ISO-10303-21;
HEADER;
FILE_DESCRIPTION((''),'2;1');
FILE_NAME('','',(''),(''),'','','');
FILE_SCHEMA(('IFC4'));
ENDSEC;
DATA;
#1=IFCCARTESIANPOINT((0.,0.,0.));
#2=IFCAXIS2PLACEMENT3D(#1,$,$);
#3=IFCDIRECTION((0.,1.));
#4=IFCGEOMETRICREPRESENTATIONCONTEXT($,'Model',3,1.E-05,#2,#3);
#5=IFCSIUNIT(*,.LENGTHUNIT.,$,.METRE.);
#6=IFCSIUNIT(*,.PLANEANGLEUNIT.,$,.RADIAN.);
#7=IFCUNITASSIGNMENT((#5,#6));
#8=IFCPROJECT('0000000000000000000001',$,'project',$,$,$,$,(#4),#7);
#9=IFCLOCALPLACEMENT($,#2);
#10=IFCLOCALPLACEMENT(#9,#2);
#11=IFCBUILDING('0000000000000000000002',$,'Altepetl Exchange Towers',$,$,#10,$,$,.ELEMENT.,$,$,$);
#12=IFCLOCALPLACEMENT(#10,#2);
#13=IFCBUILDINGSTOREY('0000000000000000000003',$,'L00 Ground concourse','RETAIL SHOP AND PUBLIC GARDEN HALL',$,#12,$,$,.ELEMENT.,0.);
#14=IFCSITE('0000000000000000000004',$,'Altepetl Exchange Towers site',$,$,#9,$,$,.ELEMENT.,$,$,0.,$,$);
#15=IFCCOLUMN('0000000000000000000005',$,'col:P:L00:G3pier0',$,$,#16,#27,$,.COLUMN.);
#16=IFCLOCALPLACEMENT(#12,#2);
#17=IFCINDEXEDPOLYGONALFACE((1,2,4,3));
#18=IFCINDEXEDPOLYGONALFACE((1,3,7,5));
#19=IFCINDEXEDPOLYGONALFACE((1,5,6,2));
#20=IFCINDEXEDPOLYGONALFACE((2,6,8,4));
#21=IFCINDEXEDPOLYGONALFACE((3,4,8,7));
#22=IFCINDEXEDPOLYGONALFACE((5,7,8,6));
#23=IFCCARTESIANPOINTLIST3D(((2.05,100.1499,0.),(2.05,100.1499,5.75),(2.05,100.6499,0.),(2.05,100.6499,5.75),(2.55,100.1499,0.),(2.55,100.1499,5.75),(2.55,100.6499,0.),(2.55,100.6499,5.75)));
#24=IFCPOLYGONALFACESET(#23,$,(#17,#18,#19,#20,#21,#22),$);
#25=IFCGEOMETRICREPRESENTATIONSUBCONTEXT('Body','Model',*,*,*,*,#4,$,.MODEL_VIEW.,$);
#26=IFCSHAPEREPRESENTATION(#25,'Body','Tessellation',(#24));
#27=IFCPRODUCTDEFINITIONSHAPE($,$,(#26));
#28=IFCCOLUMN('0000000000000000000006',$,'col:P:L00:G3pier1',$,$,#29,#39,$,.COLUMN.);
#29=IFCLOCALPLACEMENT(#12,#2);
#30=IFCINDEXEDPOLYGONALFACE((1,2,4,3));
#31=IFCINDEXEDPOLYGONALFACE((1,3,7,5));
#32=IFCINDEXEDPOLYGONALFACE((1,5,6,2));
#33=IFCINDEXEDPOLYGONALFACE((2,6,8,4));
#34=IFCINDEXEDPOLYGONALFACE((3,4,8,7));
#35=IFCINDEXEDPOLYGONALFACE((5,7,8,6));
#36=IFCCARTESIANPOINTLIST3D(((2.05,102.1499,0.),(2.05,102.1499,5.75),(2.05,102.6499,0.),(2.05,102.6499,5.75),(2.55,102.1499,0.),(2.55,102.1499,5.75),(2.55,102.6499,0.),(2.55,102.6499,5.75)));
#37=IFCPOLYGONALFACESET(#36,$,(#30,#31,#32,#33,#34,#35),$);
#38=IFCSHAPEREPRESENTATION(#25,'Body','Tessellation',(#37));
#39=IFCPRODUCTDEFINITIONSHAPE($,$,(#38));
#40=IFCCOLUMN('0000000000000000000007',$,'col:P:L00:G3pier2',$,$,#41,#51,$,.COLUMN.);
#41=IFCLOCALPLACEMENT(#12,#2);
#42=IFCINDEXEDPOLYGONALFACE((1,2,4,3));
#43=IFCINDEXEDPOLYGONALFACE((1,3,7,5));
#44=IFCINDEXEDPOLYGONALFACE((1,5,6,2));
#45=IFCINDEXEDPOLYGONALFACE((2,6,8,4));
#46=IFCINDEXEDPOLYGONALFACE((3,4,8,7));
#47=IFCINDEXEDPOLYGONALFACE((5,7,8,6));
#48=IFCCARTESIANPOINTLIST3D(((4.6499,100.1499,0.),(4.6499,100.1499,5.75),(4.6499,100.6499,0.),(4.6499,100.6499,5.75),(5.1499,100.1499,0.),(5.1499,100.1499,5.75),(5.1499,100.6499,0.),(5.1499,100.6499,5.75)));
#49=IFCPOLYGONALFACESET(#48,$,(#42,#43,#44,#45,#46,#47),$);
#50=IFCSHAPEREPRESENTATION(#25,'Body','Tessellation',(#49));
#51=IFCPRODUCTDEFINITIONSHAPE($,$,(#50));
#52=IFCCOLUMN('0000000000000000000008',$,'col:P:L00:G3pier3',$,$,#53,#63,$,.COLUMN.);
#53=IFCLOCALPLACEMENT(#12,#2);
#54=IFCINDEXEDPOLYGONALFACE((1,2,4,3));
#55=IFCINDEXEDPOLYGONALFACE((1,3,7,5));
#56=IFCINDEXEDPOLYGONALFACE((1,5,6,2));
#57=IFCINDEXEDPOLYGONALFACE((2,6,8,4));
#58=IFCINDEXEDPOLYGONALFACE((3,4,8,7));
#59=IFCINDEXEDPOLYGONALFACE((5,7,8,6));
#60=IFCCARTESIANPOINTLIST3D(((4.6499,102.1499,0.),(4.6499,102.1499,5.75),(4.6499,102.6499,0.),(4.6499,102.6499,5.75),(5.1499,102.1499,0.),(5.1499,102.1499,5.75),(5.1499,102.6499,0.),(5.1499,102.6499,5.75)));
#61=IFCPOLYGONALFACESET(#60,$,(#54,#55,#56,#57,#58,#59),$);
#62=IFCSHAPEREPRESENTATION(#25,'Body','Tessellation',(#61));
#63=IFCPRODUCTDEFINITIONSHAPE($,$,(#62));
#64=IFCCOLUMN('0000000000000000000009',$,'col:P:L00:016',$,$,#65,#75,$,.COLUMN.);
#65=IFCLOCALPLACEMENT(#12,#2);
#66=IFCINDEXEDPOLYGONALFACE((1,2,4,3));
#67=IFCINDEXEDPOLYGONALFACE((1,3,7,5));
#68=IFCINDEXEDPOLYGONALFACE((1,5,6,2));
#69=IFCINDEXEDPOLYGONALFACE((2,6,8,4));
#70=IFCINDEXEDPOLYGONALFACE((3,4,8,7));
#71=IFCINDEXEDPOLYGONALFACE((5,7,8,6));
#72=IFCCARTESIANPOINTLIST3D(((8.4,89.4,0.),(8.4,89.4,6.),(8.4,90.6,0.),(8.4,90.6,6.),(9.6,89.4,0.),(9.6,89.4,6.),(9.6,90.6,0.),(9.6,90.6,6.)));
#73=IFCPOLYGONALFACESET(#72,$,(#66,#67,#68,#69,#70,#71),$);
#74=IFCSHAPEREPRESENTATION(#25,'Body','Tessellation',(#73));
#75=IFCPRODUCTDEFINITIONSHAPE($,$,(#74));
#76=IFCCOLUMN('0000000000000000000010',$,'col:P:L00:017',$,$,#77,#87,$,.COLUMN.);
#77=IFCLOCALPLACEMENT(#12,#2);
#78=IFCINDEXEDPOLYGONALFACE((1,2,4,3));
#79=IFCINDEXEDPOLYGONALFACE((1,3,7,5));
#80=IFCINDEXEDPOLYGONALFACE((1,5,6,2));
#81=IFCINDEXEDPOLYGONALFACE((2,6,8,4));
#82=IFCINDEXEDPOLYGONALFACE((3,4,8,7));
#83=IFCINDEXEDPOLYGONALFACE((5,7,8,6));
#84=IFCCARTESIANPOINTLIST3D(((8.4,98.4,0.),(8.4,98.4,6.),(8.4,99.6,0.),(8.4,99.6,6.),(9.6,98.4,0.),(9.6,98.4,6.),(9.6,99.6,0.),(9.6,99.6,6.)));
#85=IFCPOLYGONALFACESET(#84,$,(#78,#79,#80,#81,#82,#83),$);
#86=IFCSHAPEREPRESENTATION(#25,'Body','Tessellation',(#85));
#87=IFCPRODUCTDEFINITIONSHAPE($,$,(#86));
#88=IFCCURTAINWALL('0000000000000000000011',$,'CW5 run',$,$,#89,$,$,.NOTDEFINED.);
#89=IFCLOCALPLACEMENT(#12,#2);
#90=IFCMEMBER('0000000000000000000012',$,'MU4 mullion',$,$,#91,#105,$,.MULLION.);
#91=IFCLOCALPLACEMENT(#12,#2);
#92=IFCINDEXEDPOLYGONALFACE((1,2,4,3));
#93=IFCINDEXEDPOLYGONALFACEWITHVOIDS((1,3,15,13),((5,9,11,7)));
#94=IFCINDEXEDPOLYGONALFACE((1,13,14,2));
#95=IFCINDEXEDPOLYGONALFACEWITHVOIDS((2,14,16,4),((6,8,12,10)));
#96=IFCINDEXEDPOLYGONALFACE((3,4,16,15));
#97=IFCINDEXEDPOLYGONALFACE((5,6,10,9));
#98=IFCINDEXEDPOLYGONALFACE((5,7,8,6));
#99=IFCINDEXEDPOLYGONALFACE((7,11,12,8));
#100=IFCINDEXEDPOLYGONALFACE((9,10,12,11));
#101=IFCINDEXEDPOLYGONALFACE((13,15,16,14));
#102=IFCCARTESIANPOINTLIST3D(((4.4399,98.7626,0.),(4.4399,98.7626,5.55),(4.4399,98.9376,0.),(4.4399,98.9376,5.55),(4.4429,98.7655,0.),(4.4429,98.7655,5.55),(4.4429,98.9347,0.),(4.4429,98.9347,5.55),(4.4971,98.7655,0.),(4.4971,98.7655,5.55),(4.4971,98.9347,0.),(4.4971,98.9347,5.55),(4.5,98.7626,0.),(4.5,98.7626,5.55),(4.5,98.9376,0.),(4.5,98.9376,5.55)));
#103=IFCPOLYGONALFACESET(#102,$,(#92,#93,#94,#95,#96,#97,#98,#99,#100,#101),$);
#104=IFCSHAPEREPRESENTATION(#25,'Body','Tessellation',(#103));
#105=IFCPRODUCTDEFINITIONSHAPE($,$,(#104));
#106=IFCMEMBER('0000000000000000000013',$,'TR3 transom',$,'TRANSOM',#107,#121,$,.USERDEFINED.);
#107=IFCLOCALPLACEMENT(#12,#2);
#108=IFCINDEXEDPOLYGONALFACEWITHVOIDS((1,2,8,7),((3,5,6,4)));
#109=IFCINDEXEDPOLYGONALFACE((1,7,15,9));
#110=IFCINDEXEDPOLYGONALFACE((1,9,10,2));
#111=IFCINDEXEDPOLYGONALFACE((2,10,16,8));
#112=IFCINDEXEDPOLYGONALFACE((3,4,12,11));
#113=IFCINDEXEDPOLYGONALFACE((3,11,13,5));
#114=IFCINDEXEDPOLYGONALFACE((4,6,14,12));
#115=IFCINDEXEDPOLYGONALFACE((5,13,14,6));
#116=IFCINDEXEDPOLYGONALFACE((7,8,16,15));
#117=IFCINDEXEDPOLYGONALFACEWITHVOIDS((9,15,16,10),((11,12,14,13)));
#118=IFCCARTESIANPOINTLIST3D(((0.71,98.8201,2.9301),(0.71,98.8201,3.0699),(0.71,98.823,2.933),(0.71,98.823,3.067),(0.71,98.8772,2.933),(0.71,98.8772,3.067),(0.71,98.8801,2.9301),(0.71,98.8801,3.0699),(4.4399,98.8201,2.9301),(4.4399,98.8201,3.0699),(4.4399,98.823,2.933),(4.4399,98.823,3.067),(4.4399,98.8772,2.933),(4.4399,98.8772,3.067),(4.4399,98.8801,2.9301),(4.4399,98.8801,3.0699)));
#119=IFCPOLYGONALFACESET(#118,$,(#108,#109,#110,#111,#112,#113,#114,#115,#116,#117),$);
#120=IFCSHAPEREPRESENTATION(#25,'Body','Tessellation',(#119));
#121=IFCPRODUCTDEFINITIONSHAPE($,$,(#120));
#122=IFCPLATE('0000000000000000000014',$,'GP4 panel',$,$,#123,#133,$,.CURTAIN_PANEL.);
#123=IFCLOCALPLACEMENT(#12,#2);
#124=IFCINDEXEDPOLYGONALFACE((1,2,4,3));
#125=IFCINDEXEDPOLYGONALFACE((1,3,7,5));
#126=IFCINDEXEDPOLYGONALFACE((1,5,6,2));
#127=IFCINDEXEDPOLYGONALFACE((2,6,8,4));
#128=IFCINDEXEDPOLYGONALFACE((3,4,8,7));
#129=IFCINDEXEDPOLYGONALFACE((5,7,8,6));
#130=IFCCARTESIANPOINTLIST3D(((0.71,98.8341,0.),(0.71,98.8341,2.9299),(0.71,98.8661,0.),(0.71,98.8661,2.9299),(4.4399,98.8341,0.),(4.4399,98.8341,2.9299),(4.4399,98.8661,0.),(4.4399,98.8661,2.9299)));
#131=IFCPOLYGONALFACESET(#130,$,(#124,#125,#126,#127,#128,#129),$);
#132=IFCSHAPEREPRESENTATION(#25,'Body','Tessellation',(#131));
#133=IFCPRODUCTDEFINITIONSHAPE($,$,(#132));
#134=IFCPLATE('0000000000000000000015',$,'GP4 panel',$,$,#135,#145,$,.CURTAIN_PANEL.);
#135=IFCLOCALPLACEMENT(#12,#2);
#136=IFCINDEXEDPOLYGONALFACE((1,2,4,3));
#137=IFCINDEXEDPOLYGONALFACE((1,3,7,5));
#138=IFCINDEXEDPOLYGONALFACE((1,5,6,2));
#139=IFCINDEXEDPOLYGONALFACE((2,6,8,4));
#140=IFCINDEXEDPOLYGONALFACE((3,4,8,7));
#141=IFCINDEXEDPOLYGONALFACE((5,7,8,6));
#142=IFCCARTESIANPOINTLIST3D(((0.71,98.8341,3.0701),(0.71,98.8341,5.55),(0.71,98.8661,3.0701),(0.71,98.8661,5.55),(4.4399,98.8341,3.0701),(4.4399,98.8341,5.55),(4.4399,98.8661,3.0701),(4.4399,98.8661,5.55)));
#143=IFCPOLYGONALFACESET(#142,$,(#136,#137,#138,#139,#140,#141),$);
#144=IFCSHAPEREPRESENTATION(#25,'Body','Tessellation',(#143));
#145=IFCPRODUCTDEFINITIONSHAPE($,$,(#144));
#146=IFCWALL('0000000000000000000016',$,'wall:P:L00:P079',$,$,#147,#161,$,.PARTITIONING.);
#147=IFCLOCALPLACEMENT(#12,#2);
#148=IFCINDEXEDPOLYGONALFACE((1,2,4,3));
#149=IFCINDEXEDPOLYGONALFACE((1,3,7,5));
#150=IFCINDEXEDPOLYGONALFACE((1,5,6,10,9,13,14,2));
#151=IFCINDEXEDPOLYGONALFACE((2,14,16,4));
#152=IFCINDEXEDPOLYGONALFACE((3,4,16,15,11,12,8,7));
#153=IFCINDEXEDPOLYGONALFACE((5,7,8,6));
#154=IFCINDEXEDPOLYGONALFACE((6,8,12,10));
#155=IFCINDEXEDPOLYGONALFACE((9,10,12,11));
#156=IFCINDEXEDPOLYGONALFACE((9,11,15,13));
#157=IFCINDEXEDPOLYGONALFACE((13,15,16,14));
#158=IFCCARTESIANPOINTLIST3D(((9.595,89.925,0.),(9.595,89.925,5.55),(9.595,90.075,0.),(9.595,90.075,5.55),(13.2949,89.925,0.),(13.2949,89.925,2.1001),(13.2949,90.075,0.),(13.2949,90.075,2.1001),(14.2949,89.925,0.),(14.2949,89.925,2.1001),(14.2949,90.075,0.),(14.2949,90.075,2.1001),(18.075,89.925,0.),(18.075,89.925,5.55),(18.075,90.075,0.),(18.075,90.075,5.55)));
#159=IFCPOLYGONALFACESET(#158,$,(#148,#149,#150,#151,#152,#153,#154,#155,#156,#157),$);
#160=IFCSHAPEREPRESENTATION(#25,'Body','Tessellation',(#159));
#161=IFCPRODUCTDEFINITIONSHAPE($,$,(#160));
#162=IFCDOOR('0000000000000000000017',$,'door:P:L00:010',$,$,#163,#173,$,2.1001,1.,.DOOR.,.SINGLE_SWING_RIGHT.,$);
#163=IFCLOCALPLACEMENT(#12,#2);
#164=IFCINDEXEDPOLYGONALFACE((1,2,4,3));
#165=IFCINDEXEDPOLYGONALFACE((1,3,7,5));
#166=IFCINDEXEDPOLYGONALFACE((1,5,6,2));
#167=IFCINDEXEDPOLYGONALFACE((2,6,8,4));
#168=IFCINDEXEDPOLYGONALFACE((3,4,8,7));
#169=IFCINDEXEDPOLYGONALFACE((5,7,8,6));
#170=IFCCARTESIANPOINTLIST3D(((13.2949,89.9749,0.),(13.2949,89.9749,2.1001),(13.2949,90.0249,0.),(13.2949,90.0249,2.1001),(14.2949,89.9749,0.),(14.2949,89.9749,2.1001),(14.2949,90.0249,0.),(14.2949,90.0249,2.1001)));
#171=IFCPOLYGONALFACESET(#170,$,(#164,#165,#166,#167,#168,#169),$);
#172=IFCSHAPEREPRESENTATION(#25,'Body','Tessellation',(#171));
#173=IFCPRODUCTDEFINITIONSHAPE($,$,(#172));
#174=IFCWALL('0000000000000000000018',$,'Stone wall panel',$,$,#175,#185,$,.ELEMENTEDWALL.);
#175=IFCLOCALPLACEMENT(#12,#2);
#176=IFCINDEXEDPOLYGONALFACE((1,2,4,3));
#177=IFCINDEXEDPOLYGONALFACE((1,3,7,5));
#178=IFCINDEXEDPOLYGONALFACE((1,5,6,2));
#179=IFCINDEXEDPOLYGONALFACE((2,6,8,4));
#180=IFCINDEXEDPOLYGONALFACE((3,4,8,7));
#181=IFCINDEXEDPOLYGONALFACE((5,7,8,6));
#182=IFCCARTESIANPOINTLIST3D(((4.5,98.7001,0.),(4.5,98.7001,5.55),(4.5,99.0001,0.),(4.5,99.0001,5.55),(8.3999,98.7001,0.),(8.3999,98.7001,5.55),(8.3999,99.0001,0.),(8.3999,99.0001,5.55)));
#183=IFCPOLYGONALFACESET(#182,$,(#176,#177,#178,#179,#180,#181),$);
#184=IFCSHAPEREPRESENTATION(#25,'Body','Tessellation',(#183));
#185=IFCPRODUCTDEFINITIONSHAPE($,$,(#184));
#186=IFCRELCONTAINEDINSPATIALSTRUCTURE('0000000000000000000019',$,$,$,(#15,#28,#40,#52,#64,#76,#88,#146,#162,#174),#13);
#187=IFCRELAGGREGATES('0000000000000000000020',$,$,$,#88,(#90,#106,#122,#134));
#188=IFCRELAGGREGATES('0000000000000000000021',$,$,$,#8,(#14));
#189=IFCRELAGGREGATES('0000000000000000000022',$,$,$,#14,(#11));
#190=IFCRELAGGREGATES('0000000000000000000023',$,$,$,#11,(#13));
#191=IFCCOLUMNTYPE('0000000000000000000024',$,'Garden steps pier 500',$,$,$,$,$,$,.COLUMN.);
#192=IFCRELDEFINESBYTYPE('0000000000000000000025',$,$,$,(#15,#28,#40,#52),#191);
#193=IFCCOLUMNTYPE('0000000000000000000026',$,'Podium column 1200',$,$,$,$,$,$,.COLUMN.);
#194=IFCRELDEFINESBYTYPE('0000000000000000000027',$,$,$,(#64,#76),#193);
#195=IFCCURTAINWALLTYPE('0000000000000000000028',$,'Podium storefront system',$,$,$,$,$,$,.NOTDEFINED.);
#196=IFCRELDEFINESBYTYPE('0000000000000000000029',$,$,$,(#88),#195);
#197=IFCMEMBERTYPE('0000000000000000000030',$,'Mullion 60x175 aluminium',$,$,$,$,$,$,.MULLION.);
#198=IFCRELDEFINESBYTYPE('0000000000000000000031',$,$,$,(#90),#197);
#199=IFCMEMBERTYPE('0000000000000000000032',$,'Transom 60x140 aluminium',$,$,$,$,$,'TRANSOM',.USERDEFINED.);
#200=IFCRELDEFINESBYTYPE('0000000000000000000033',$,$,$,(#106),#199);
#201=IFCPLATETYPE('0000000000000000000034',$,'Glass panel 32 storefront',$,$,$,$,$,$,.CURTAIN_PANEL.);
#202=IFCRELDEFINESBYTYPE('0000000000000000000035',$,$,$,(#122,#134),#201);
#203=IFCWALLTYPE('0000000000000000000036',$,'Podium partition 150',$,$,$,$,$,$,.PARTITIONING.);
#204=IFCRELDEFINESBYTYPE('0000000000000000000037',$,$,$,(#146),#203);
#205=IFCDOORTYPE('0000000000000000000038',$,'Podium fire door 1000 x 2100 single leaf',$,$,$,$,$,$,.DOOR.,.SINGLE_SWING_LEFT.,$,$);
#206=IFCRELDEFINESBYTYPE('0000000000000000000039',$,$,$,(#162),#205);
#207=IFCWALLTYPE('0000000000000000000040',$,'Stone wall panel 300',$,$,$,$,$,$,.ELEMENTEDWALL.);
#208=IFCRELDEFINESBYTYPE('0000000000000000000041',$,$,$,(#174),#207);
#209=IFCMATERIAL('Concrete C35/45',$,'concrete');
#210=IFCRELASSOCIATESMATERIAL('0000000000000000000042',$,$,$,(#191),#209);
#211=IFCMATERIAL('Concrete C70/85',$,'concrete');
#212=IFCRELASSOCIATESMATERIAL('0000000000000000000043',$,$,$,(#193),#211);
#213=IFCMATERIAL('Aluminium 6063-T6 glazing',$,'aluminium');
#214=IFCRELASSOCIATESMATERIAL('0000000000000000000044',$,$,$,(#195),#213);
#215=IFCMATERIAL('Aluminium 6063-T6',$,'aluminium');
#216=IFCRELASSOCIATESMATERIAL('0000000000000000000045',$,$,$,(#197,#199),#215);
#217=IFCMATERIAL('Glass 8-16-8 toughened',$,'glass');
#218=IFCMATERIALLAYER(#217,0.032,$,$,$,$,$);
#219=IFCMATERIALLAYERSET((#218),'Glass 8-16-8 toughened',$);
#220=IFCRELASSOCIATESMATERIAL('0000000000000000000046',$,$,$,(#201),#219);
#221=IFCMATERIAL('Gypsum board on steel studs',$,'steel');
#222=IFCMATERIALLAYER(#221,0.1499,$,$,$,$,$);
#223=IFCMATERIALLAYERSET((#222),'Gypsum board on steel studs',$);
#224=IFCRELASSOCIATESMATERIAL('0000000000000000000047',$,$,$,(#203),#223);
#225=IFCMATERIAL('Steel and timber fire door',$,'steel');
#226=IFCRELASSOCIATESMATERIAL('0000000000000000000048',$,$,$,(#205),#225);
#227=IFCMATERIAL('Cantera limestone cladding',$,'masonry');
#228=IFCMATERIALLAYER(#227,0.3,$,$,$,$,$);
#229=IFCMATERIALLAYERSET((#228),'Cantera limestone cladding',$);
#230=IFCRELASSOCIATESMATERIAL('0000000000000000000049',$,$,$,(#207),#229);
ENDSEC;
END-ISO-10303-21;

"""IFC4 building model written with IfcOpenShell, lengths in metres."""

from ifc_helpers import new_model, si_unit, direction, frame, frame_2d, origin, origin_2d, place, context, subcontext, project, spatial, rectangle, hollow_rectangle, extrude, material, layer, layer_set, material_profile, profile_set, type_object, element, fill, aggregate, save


model = new_model("IFC4")

# Units and contexts
model_context = context("Model", 3, precision=1e-05, world=origin(), true_north=direction((0.0, 1.0)))
body_context = subcontext(model_context, "Body", "Model", "MODEL_VIEW")
ifc_project = project(units=[si_unit("LENGTHUNIT", "METRE"), si_unit("PLANEANGLEUNIT", "RADIAN")], contexts=[model_context])

# Site, building, storey
site_placement = place(None, origin())
site = spatial("IfcSite", under=ifc_project, at=site_placement, Name="Altepetl Exchange Towers site", CompositionType="ELEMENT", RefElevation=0.0)
building_placement = place(site_placement, origin())
building = spatial("IfcBuilding", under=site, at=building_placement, Name="Altepetl Exchange Towers", CompositionType="ELEMENT")
storey_placement = place(building_placement, origin())
storey = spatial("IfcBuildingStorey", under=building, at=storey_placement, Name="L00 Ground concourse", Description="RETAIL SHOP AND PUBLIC GARDEN HALL", CompositionType="ELEMENT", Elevation=0.0)

# Columns
ifc_material_1 = material(Name="Concrete C35/45", Category="concrete")
ifc_material_profile_1 = material_profile(ifc_material_1, rectangle(XDim=0.5, YDim=0.5, at=origin_2d()), Name="500 x 500")
ifc_profile_set_1 = profile_set([ifc_material_profile_1], Name="Concrete C35/45")
column_type_1 = type_object("IfcColumnType", Name="Garden steps pier 500", PredefinedType="COLUMN", material=ifc_profile_set_1)
for number, where, name in (
    (1, (2.3, 100.3999, 0.0), "col:P:L00:G3pier0"),
    (2, (2.3, 102.3999, 0.0), "col:P:L00:G3pier1"),
    (3, (4.8999, 100.3999, 0.0), "col:P:L00:G3pier2"),
    (4, (4.8999, 102.3999, 0.0), "col:P:L00:G3pier3"),
):
    element("IfcColumn", number, at=place(storey_placement, frame(where)), inside=storey, type_object=column_type_1, Name=name, PredefinedType="COLUMN", context=body_context, shape_type="SweptSolid", body=[
        extrude(rectangle(XDim=0.5, YDim=0.5, at=origin_2d()), origin(), (0.0, 0.0, 1.0), 5.75),
    ])
ifc_material_2 = material(Name="Concrete C70/85", Category="concrete")
ifc_material_profile_2 = material_profile(ifc_material_2, rectangle(XDim=1.2, YDim=1.2, at=origin_2d()), Name="1200 x 1200")
ifc_profile_set_2 = profile_set([ifc_material_profile_2], Name="Concrete C70/85")
column_type_2 = type_object("IfcColumnType", Name="Podium column 1200", PredefinedType="COLUMN", material=ifc_profile_set_2)
for number, where, name in (
    (5, (9.0, 90.0, 0.0), "col:P:L00:016"),
    (6, (9.0, 99.0, 0.0), "col:P:L00:017"),
):
    element("IfcColumn", number, at=place(storey_placement, frame(where)), inside=storey, type_object=column_type_2, Name=name, PredefinedType="COLUMN", context=body_context, shape_type="SweptSolid", body=[
        extrude(rectangle(XDim=1.2, YDim=1.2, at=origin_2d()), origin(), (0.0, 0.0, 1.0), 6.0),
    ])

# Curtain wall, members, plates
ifc_material_3 = material(Name="Aluminium 6063-T6 glazing", Category="aluminium")
curtain_wall_type = type_object("IfcCurtainWallType", Name="Podium storefront system", PredefinedType="NOTDEFINED", material=ifc_material_3)
curtain_wall_placement = place(storey_placement, origin())
curtain_wall = element("IfcCurtainWall", 7, at=curtain_wall_placement, inside=storey, type_object=curtain_wall_type, Name="CW5 run", PredefinedType="NOTDEFINED")
ifc_material_4 = material(Name="Aluminium 6063-T6", Category="aluminium")
ifc_material_profile_3 = material_profile(ifc_material_4, hollow_rectangle(XDim=0.0601, YDim=0.175, WallThickness=0.0029, at=origin_2d()), Name="Mullion 60x175 aluminium")
ifc_profile_set_3 = profile_set([ifc_material_profile_3], Name="Aluminium 6063-T6")
member_type_1 = type_object("IfcMemberType", Name="Mullion 60x175 aluminium", PredefinedType="MULLION", material=ifc_profile_set_3)
member_1_placement = place(storey_placement, frame((4.47, 98.8501, 0.0), z_axis=(0.0, 0.0, 1.0), x_axis=(-1.0, 0.0, 0.0)))
member_1 = element("IfcMember", 8, at=member_1_placement, type_object=member_type_1, Name="MU4 mullion", PredefinedType="MULLION", context=body_context, shape_type="SweptSolid", body=[
    extrude(hollow_rectangle(XDim=0.0601, YDim=0.175, WallThickness=0.0029, at=origin_2d()), origin(), (0.0, 0.0, 1.0), 5.55),
])
ifc_material_profile_4 = material_profile(ifc_material_4, hollow_rectangle(XDim=0.0601, YDim=0.1399, WallThickness=0.0029, at=origin_2d()), Name="Transom 60x140 aluminium")
ifc_profile_set_4 = profile_set([ifc_material_profile_4], Name="Aluminium 6063-T6")
member_type_2 = type_object("IfcMemberType", Name="Transom 60x140 aluminium", ElementType="TRANSOM", PredefinedType="USERDEFINED", material=ifc_profile_set_4)
member_2_placement = place(storey_placement, frame((4.4399, 98.8501, 3.0), z_axis=(-1.0, 0.0, 0.0), x_axis=(0.0, -1.0, 0.0)))
member_2 = element("IfcMember", 9, at=member_2_placement, type_object=member_type_2, Name="TR3 transom", ObjectType="TRANSOM", PredefinedType="USERDEFINED", context=body_context, shape_type="SweptSolid", body=[
    extrude(hollow_rectangle(XDim=0.0601, YDim=0.1399, WallThickness=0.0029, at=origin_2d()), origin(), (0.0, 0.0, 1.0), 3.73),
])
ifc_material_5 = material(Name="Glass 8-16-8 toughened", Category="glass")
ifc_layer_1 = layer(ifc_material_5, 0.032)
ifc_layer_set_1 = layer_set([ifc_layer_1], Name="Glass 8-16-8 toughened")
plate_type = type_object("IfcPlateType", Name="Glass panel 32 storefront", PredefinedType="CURTAIN_PANEL", material=ifc_layer_set_1)
plate_1_placement = place(storey_placement, frame((2.575, 98.8501, 0.0), z_axis=(0.0, 0.0, 1.0), x_axis=(-1.0, 0.0, 0.0)))
plate_1 = element("IfcPlate", 10, at=plate_1_placement, type_object=plate_type, Name="GP4 panel", PredefinedType="CURTAIN_PANEL", context=body_context, shape_type="SweptSolid", body=[
    extrude(rectangle(XDim=3.73, YDim=0.032, at=origin_2d()), origin(), (0.0, 0.0, 1.0), 2.9299),
])
plate_2_placement = place(storey_placement, frame((2.575, 98.8501, 3.0701), z_axis=(0.0, 0.0, 1.0), x_axis=(-1.0, 0.0, 0.0)))
plate_2 = element("IfcPlate", 11, at=plate_2_placement, type_object=plate_type, Name="GP4 panel", PredefinedType="CURTAIN_PANEL", context=body_context, shape_type="SweptSolid", body=[
    extrude(rectangle(XDim=3.73, YDim=0.032, at=origin_2d()), origin(), (0.0, 0.0, 1.0), 2.48),
])
aggregate(curtain_wall, [member_1, member_2, plate_1, plate_2])

# Wall, opening, door
ifc_material_6 = material(Name="Gypsum board on steel studs", Category="steel")
ifc_layer_2 = layer(ifc_material_6, 0.1499)
ifc_layer_set_2 = layer_set([ifc_layer_2], Name="Gypsum board on steel studs")
wall_type_1 = type_object("IfcWallType", Name="Podium partition 150", PredefinedType="PARTITIONING", material=ifc_layer_set_2)
wall_1_placement = place(storey_placement, frame((9.595, 90.0, 0.0)))
wall_1 = element("IfcWall", 12, at=wall_1_placement, inside=storey, type_object=wall_type_1, Name="wall:P:L00:P079", PredefinedType="PARTITIONING", context=body_context, shape_type="SweptSolid", body=[
    extrude(rectangle(XDim=8.48, YDim=0.1499, at=frame_2d((4.24, 0.0))), origin(), (0.0, 0.0, 1.0), 5.55),
])
opening_placement = place(wall_1_placement, frame((3.7, 0.0, 0.0)))
opening = element("IfcOpeningElement", 13, at=opening_placement, cuts=wall_1, PredefinedType="OPENING", context=body_context, shape_type="SweptSolid", body=[
    extrude(rectangle(XDim=1.0, YDim=2.1001, at=frame_2d((0.5, 1.05))), frame((0.0, 0.085, 0.0), z_axis=(0.0, -1.0, 0.0), x_axis=(1.0, 0.0, 0.0)), (0.0, 0.0, 1.0), 0.1699),
])
ifc_material_7 = material(Name="Steel and timber fire door", Category="steel")
door_type = type_object("IfcDoorType", Name="Podium fire door 1000 x 2100 single leaf", OperationType="SINGLE_SWING_LEFT", PredefinedType="DOOR", material=ifc_material_7)
door_placement = place(opening_placement, origin())
door = element("IfcDoor", 14, at=door_placement, inside=storey, type_object=door_type, Name="door:P:L00:010", OperationType="SINGLE_SWING_RIGHT", OverallHeight=2.1001, OverallWidth=1.0, PredefinedType="DOOR", context=body_context, shape_type="SweptSolid", body=[
    extrude(rectangle(XDim=1.0, YDim=2.1001, at=frame_2d((0.5, 1.05))), frame((0.0, 0.0249, 0.0), z_axis=(0.0, -1.0, 0.0), x_axis=(1.0, 0.0, 0.0)), (0.0, 0.0, 1.0), 0.05),
])
fill(opening, door)

# Wall
ifc_material_8 = material(Name="Cantera limestone cladding", Category="masonry")
ifc_layer_3 = layer(ifc_material_8, 0.3)
ifc_layer_set_3 = layer_set([ifc_layer_3], Name="Cantera limestone cladding")
wall_type_2 = type_object("IfcWallType", Name="Stone wall panel 300", PredefinedType="ELEMENTEDWALL", material=ifc_layer_set_3)
wall_2_placement = place(storey_placement, frame((8.3999, 98.8501, 0.0), z_axis=(0.0, 0.0, 1.0), x_axis=(-1.0, 0.0, 0.0)))
element("IfcWall", 15, at=wall_2_placement, inside=storey, type_object=wall_type_2, Name="Stone wall panel", PredefinedType="ELEMENTEDWALL", context=body_context, shape_type="SweptSolid", body=[
    extrude(rectangle(XDim=3.8999, YDim=0.3, at=frame_2d((1.95, 0.0))), origin(), (0.0, 0.0, 1.0), 5.55),
])

save(model, "model.ifc")
